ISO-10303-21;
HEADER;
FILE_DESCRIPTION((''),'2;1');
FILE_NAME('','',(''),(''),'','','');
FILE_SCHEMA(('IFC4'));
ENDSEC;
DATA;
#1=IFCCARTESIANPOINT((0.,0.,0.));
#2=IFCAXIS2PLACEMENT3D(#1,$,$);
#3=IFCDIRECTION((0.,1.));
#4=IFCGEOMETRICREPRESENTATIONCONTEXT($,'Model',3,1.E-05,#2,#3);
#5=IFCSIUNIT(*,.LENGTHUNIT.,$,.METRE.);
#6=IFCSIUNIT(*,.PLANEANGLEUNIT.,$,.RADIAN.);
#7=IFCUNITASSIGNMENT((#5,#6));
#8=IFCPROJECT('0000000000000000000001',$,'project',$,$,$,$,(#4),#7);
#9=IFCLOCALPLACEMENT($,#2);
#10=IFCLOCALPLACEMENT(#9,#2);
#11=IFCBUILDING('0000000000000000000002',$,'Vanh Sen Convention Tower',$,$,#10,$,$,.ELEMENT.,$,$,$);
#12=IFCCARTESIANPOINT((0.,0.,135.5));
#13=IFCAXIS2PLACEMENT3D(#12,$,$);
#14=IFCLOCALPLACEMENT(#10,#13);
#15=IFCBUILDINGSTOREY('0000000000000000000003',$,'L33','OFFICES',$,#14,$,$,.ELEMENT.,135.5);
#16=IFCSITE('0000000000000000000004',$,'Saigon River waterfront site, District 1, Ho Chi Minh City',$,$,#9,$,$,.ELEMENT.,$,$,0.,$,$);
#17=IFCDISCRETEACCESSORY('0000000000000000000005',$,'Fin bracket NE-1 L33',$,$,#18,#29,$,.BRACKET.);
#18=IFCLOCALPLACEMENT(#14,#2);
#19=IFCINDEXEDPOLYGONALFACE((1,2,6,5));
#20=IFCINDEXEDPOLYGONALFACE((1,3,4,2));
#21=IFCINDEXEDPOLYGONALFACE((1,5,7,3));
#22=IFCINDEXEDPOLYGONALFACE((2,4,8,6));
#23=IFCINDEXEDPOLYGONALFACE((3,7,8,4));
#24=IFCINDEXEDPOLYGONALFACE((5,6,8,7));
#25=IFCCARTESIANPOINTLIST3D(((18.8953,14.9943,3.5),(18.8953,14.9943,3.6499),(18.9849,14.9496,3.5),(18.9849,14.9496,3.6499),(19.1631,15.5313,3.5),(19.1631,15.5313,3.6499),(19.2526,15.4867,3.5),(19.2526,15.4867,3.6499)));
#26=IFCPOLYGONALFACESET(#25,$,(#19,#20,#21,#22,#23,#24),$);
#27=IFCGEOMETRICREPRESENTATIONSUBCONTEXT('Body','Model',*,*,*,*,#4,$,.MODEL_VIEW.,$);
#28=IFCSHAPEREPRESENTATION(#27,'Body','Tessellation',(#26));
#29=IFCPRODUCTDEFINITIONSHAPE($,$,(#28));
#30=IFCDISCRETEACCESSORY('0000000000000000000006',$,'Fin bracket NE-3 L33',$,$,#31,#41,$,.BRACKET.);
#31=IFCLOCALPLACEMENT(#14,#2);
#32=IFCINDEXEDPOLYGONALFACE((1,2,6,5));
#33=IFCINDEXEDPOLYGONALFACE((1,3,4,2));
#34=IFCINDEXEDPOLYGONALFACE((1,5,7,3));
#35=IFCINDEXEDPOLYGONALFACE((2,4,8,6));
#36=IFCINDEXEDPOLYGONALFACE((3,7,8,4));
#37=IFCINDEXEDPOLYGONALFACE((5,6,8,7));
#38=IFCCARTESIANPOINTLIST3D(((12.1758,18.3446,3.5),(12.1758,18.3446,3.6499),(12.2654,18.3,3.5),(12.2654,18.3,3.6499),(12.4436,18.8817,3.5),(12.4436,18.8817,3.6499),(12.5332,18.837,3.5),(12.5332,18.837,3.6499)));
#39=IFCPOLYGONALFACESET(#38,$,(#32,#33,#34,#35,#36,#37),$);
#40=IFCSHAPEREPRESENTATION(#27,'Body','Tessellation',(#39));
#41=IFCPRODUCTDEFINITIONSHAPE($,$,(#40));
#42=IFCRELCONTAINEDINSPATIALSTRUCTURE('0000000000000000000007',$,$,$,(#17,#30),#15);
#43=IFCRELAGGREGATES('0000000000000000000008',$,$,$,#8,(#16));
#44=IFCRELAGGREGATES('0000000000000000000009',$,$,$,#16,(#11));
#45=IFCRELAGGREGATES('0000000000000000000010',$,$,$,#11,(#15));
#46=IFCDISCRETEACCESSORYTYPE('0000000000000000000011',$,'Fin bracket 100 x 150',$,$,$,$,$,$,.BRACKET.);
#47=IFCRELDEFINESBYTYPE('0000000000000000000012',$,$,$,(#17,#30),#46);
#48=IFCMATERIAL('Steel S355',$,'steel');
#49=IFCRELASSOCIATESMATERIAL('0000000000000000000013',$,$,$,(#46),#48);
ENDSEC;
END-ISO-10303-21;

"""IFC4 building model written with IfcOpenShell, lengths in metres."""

from ifc_helpers import new_model, si_unit, direction, frame, origin, origin_2d, place, context, subcontext, project, spatial, rectangle, extrude, material, type_object, element, save


model = new_model("IFC4")

# Units and contexts
model_context = context("Model", 3, precision=1e-05, world=origin(), true_north=direction((0.0, 1.0)))
body_context = subcontext(model_context, "Body", "Model", "MODEL_VIEW")
ifc_project = project(units=[si_unit("LENGTHUNIT", "METRE"), si_unit("PLANEANGLEUNIT", "RADIAN")], contexts=[model_context])

# Site, building, storey
site_placement = place(None, origin())
site = spatial("IfcSite", under=ifc_project, at=site_placement, Name="Saigon River waterfront site, District 1, Ho Chi Minh City", CompositionType="ELEMENT", RefElevation=0.0)
building_placement = place(site_placement, origin())
building = spatial("IfcBuilding", under=site, at=building_placement, Name="Vanh Sen Convention Tower", CompositionType="ELEMENT")
storey_placement = place(building_placement, frame((0.0, 0.0, 135.5)))
storey = spatial("IfcBuildingStorey", under=building, at=storey_placement, Name="L33", Description="OFFICES", CompositionType="ELEMENT", Elevation=135.5)

# Discrete accessories
ifc_material_1 = material(Name="Steel S355", Category="steel")
discrete_accessory_type = type_object("IfcDiscreteAccessoryType", Name="Fin bracket 100 x 150", PredefinedType="BRACKET", material=ifc_material_1)
for number, where, z_axis, x_axis, name in (
    (1, (19.074, 15.2405, 3.5), (0.0, 0.0, 1.0), (0.446198, 0.894934, 0.0), "Fin bracket NE-1 L33"),
    (2, (12.3545, 18.5908, 3.5), (0.0, 0.0, 1.0), (0.446198, 0.894934, 0.0), "Fin bracket NE-3 L33"),
):
    element("IfcDiscreteAccessory", number, at=place(storey_placement, frame(where, z_axis=z_axis, x_axis=x_axis)), inside=storey, type_object=discrete_accessory_type, Name=name, PredefinedType="BRACKET", context=body_context, shape_type="SweptSolid", body=[
        extrude(rectangle(XDim=0.6001, YDim=0.1001, at=origin_2d()), origin(), (0.0, 0.0, 1.0), 0.1499),
    ])

save(model, "model.ifc")
